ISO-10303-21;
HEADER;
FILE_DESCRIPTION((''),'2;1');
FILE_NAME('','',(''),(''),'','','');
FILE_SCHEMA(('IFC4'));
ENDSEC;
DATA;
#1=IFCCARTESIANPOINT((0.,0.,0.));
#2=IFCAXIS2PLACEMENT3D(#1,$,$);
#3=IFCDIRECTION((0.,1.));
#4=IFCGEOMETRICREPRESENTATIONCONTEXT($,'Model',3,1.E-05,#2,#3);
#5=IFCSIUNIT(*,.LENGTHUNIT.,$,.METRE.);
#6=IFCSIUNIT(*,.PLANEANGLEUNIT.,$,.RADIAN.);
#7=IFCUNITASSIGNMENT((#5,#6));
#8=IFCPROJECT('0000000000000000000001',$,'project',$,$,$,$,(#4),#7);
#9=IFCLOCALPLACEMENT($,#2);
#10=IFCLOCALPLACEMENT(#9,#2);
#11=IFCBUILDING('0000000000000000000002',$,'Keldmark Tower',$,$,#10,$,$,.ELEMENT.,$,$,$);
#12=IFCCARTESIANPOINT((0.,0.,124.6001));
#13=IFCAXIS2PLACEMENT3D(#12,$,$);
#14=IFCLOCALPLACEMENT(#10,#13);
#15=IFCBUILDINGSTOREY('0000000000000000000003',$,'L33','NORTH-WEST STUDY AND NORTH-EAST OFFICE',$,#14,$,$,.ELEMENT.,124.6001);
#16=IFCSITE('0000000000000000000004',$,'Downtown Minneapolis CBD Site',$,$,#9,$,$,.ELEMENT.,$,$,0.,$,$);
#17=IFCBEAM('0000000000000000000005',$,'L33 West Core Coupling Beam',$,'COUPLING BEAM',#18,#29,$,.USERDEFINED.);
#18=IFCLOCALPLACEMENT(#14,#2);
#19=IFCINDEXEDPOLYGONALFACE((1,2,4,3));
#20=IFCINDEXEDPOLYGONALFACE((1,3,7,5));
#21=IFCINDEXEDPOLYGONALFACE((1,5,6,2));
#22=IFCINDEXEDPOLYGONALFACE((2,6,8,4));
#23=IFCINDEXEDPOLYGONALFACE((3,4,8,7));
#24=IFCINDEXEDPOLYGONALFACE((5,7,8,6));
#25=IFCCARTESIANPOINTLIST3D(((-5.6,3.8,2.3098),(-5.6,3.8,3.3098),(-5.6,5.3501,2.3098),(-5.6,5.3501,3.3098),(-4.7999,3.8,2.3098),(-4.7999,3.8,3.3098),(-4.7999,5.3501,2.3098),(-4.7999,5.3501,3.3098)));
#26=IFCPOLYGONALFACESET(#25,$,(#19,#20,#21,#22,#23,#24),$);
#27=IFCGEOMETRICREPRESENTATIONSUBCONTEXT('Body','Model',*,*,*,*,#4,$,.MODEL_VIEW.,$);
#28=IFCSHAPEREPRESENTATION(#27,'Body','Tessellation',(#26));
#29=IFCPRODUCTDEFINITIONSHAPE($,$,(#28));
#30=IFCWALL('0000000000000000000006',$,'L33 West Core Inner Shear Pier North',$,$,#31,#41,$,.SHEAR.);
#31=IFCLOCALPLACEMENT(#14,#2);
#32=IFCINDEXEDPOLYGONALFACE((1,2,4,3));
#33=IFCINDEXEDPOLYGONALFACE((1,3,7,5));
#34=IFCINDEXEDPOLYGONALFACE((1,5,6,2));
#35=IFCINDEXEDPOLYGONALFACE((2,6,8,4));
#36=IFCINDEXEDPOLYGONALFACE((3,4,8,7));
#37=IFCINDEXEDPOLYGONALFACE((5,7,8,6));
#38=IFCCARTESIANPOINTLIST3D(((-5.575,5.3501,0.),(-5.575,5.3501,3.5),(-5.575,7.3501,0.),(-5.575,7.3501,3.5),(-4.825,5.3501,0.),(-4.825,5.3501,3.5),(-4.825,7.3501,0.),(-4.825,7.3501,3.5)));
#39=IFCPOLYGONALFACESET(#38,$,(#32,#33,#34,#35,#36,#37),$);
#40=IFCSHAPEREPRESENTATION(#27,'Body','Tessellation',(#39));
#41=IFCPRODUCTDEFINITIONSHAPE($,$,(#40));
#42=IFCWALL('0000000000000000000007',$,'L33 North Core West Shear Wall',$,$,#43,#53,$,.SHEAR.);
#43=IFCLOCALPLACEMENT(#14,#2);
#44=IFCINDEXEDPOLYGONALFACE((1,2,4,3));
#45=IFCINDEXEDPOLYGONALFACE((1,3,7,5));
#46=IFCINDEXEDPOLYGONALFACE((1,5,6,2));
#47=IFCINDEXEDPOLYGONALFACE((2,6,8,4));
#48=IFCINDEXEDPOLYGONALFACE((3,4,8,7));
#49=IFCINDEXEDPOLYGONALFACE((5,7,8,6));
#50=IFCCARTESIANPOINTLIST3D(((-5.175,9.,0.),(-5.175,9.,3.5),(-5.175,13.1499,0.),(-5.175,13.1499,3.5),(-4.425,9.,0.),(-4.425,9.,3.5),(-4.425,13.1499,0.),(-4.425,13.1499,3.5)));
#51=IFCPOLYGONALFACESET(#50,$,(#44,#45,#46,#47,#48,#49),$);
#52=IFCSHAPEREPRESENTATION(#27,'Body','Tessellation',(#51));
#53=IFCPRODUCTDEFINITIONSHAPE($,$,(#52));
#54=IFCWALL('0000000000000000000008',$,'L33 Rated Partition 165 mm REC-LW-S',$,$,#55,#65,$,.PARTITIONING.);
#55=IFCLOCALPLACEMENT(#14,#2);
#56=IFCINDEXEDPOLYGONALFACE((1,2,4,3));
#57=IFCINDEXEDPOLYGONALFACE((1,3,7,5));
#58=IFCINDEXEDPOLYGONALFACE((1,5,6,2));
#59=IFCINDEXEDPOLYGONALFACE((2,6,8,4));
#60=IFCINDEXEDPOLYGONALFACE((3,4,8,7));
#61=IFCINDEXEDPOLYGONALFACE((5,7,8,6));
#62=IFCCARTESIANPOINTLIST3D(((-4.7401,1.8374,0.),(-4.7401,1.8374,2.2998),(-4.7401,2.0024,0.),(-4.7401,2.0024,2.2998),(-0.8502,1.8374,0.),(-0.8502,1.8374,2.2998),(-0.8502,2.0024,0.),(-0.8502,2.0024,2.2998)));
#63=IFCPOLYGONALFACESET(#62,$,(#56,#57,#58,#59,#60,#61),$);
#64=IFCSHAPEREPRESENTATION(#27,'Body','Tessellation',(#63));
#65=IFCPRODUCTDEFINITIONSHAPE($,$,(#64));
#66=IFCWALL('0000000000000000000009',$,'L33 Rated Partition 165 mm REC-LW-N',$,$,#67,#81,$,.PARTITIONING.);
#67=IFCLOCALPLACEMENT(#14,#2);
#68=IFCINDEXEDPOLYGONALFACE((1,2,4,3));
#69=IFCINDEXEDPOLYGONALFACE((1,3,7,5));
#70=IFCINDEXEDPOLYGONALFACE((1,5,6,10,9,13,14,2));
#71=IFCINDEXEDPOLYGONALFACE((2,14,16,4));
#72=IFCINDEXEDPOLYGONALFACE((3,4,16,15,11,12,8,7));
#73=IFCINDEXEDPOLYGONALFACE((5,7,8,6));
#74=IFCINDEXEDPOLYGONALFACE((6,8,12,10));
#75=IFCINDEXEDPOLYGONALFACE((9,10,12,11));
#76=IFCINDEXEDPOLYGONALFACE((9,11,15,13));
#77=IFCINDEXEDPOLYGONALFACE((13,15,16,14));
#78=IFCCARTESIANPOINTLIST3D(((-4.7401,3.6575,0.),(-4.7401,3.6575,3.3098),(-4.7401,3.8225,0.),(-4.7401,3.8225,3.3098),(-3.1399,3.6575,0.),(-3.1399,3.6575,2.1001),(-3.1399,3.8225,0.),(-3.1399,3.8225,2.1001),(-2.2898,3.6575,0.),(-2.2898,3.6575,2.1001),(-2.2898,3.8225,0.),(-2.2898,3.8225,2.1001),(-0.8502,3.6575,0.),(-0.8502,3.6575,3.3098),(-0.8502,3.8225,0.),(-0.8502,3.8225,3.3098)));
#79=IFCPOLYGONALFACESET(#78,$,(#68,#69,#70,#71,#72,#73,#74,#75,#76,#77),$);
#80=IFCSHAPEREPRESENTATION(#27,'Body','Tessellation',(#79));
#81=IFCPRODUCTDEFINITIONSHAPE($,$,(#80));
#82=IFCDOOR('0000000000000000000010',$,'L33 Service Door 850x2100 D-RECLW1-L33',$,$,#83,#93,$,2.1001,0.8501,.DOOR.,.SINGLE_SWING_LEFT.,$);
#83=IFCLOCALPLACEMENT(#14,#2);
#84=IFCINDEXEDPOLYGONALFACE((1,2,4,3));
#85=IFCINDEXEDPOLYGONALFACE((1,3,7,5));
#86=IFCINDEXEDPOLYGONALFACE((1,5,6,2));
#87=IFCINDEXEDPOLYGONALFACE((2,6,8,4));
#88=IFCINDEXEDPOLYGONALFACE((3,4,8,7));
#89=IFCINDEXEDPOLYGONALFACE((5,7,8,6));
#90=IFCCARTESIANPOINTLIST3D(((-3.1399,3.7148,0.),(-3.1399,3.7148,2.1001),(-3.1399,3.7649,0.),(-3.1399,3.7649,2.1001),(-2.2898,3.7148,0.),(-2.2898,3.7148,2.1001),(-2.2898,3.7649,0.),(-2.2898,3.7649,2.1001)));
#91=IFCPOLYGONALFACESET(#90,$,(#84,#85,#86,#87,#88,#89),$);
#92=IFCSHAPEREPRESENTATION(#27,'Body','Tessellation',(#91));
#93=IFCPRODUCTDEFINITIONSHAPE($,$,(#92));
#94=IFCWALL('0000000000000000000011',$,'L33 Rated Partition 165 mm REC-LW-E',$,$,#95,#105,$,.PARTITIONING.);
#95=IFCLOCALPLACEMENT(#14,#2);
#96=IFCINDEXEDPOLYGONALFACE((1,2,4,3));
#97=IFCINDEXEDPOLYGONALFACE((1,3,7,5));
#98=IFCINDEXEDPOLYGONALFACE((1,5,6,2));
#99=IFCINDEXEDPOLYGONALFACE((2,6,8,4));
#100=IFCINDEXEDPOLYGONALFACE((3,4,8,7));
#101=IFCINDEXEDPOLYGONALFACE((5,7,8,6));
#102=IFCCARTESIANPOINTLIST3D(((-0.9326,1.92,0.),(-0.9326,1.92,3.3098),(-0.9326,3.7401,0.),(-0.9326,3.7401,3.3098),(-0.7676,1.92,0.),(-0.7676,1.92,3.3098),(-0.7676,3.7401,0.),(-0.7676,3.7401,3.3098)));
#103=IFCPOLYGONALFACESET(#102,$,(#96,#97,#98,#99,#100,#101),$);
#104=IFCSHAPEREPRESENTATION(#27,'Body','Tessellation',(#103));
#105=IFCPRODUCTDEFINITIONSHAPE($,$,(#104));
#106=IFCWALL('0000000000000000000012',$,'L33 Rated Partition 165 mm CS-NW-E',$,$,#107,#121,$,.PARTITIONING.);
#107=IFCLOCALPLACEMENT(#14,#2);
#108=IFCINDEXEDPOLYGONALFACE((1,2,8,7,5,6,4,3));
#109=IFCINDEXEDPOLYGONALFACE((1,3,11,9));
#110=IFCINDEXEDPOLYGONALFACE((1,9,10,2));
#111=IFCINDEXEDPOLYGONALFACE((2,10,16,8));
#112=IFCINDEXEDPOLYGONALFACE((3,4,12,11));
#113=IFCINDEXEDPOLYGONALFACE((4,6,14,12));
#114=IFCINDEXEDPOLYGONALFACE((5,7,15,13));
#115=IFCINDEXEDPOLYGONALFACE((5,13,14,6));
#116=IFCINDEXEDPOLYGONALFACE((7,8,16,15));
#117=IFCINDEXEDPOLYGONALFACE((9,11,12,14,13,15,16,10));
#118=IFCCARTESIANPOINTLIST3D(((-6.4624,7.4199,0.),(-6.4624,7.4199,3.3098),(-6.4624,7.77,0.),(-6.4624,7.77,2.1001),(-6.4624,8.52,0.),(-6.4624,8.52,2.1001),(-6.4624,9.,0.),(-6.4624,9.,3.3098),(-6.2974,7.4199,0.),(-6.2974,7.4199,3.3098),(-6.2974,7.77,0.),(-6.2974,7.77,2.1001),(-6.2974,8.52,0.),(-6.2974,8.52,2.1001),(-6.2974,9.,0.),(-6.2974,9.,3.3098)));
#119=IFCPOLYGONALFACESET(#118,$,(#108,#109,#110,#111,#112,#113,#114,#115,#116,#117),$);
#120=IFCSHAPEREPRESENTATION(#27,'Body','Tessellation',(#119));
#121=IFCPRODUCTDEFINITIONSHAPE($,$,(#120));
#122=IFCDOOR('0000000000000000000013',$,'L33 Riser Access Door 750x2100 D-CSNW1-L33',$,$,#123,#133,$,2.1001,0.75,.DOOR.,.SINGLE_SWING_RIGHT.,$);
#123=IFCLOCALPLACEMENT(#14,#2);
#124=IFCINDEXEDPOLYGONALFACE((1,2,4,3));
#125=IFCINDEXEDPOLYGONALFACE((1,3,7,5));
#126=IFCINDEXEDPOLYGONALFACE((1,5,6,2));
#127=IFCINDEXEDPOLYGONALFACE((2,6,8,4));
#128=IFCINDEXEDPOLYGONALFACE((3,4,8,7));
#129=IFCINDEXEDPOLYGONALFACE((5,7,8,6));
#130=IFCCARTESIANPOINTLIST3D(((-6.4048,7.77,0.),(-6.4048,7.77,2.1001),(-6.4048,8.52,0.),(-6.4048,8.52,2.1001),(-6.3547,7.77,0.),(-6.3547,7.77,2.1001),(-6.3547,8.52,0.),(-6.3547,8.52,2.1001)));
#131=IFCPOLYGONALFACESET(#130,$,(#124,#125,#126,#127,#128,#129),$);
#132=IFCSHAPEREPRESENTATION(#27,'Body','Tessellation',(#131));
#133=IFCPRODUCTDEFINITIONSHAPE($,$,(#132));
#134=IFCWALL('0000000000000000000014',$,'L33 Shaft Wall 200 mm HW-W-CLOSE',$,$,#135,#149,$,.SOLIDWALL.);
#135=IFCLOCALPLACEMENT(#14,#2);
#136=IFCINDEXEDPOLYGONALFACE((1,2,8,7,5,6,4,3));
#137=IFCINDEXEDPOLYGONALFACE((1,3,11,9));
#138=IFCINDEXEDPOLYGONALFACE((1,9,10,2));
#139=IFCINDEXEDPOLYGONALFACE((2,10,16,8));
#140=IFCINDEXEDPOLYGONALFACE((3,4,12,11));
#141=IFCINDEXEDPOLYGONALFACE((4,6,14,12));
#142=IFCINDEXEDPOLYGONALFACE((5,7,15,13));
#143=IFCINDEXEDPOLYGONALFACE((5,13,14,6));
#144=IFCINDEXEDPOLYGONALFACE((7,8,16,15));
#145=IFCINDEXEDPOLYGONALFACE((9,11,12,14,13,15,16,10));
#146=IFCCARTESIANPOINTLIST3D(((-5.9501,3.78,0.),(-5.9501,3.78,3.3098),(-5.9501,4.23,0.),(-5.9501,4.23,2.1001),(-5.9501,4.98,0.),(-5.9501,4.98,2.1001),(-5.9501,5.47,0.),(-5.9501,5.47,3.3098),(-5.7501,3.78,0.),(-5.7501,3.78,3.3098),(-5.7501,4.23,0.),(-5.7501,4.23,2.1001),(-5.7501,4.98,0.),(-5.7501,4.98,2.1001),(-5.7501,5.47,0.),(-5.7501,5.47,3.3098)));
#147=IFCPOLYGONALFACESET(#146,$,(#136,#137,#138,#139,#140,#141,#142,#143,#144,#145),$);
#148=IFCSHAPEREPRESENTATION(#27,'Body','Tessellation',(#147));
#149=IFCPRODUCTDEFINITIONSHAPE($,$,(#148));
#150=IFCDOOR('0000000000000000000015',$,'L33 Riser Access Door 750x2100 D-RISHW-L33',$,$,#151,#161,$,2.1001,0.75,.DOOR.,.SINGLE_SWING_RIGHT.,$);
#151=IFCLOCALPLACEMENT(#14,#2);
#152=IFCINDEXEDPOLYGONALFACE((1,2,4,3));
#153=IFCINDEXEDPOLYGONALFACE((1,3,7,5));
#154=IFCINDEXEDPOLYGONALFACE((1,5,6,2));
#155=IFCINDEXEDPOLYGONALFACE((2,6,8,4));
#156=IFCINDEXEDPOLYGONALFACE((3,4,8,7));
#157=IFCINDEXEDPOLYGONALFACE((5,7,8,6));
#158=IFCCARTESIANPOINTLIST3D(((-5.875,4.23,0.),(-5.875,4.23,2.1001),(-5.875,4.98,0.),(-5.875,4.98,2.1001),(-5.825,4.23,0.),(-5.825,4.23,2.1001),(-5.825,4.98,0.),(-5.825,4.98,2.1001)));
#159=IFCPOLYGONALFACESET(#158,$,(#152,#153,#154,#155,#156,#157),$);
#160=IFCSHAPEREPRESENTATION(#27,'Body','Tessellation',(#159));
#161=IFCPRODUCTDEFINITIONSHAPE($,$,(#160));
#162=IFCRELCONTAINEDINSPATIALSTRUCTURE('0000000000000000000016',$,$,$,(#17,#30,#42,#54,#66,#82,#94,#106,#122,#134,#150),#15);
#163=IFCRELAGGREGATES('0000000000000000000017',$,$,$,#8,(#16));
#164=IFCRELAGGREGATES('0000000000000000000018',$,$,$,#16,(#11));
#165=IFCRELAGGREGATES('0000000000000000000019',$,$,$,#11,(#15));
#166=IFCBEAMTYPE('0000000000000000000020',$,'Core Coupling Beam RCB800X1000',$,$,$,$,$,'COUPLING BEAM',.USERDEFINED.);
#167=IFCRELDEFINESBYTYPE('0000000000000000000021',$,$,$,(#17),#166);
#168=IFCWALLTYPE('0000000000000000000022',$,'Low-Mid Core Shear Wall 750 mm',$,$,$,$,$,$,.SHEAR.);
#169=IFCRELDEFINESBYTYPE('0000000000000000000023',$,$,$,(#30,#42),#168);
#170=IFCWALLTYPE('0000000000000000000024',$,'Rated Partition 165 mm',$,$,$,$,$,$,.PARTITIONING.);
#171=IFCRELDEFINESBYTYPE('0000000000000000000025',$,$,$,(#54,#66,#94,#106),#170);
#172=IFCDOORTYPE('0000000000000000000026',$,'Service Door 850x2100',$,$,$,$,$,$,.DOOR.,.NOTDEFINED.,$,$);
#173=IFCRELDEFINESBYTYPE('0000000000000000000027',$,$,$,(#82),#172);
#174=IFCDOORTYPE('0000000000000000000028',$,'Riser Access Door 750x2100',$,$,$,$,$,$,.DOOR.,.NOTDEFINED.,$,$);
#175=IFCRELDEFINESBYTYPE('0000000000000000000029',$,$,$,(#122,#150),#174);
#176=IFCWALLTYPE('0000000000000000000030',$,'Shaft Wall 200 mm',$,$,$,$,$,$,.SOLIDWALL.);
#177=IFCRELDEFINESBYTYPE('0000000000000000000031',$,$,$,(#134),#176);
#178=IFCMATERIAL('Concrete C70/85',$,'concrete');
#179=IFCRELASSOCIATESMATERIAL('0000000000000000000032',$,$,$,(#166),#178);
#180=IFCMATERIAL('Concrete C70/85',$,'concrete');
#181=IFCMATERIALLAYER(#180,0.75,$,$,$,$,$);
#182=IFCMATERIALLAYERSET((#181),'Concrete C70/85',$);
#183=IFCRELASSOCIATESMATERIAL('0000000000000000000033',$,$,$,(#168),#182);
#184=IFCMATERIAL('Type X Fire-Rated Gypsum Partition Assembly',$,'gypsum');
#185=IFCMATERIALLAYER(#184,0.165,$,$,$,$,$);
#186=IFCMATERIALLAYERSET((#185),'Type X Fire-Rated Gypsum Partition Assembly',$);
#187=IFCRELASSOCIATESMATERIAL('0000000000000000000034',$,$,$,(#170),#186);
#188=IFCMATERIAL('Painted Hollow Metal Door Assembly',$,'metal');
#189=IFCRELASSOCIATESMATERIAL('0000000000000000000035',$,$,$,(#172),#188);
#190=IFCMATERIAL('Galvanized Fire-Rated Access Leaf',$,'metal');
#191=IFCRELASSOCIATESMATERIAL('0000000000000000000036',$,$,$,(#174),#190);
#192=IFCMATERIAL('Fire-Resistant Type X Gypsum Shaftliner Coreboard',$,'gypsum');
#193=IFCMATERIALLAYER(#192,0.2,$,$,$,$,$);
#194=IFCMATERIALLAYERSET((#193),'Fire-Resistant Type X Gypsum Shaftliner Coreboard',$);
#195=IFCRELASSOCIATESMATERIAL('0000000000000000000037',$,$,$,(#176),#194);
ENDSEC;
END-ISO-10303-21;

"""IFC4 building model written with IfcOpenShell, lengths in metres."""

from ifc_helpers import new_model, si_unit, direction, frame, frame_2d, origin, origin_2d, place, context, subcontext, project, spatial, rectangle, extrude, material, layer, layer_set, material_profile, profile_set, type_object, element, fill, save


model = new_model("IFC4")

# Units and contexts
model_context = context("Model", 3, precision=1e-05, world=origin(), true_north=direction((0.0, 1.0)))
body_context = subcontext(model_context, "Body", "Model", "MODEL_VIEW")
ifc_project = project(units=[si_unit("LENGTHUNIT", "METRE"), si_unit("PLANEANGLEUNIT", "RADIAN")], contexts=[model_context])

# Site, building, storey
site_placement = place(None, origin())
site = spatial("IfcSite", under=ifc_project, at=site_placement, Name="Downtown Minneapolis CBD Site", CompositionType="ELEMENT", RefElevation=0.0)
building_placement = place(site_placement, origin())
building = spatial("IfcBuilding", under=site, at=building_placement, Name="Keldmark Tower", CompositionType="ELEMENT")
storey_placement = place(building_placement, frame((0.0, 0.0, 124.6001)))
storey = spatial("IfcBuildingStorey", under=building, at=storey_placement, Name="L33", Description="NORTH-WEST STUDY AND NORTH-EAST OFFICE", CompositionType="ELEMENT", Elevation=124.6001)

# Beam
ifc_material_1 = material(Name="Concrete C70/85", Category="concrete")
ifc_material_profile = material_profile(ifc_material_1, rectangle(XDim=0.8, YDim=1.0, at=origin_2d()), Name="RCB800X1000")
ifc_profile_set = profile_set([ifc_material_profile], Name="Concrete C70/85")
beam_type = type_object("IfcBeamType", Name="Core Coupling Beam RCB800X1000", ElementType="COUPLING BEAM", PredefinedType="USERDEFINED", material=ifc_profile_set)
beam_placement = place(storey_placement, frame((-5.2, 3.8, 2.8098), z_axis=(0.0, 1.0, 0.0), x_axis=(-1.0, 0.0, 0.0)))
element("IfcBeam", 1, at=beam_placement, inside=storey, type_object=beam_type, Name="L33 West Core Coupling Beam", ObjectType="COUPLING BEAM", PredefinedType="USERDEFINED", context=body_context, shape_type="SweptSolid", body=[
    extrude(rectangle(XDim=0.8, YDim=1.0, at=origin_2d()), origin(), (0.0, 0.0, 1.0), 1.55),
])

# Walls
ifc_material_2 = material(Name="Concrete C70/85", Category="concrete")
ifc_layer_1 = layer(ifc_material_2, 0.75)
ifc_layer_set_1 = layer_set([ifc_layer_1], Name="Concrete C70/85")
wall_type_1 = type_object("IfcWallType", Name="Low-Mid Core Shear Wall 750 mm", PredefinedType="SHEAR", material=ifc_layer_set_1)
wall_1_placement = place(storey_placement, frame((-5.2, 5.3501, 0.0), z_axis=(0.0, 0.0, 1.0), x_axis=(0.0, 1.0, 0.0)))
element("IfcWall", 2, at=wall_1_placement, inside=storey, type_object=wall_type_1, Name="L33 West Core Inner Shear Pier North", PredefinedType="SHEAR", context=body_context, shape_type="SweptSolid", body=[
    extrude(rectangle(XDim=2.0, YDim=0.75, at=frame_2d((1.0, 0.0))), origin(), (0.0, 0.0, 1.0), 3.5),
])
wall_2_placement = place(storey_placement, frame((-4.8, 9.0, 0.0), z_axis=(0.0, 0.0, 1.0), x_axis=(0.0, 1.0, 0.0)))
element("IfcWall", 3, at=wall_2_placement, inside=storey, type_object=wall_type_1, Name="L33 North Core West Shear Wall", PredefinedType="SHEAR", context=body_context, shape_type="SweptSolid", body=[
    extrude(rectangle(XDim=4.1499, YDim=0.75, at=frame_2d((2.075, 0.0))), origin(), (0.0, 0.0, 1.0), 3.5),
])
ifc_material_3 = material(Name="Type X Fire-Rated Gypsum Partition Assembly", Category="gypsum")
ifc_layer_2 = layer(ifc_material_3, 0.165)
ifc_layer_set_2 = layer_set([ifc_layer_2], Name="Type X Fire-Rated Gypsum Partition Assembly")
wall_type_2 = type_object("IfcWallType", Name="Rated Partition 165 mm", PredefinedType="PARTITIONING", material=ifc_layer_set_2)
wall_3_placement = place(storey_placement, frame((-4.74, 1.9199, 0.0), z_axis=(0.0, 0.0, 1.0), x_axis=(1.0, 0.0, 0.0)))
element("IfcWall", 4, at=wall_3_placement, inside=storey, type_object=wall_type_2, Name="L33 Rated Partition 165 mm REC-LW-S", PredefinedType="PARTITIONING", context=body_context, shape_type="SweptSolid", body=[
    extrude(rectangle(XDim=3.8899, YDim=0.165, at=frame_2d((1.9448, 0.0))), origin(), (0.0, 0.0, 1.0), 2.2998),
])

# Wall, opening, door
wall_4_placement = place(storey_placement, frame((-4.74, 3.74, 0.0), z_axis=(0.0, 0.0, 1.0), x_axis=(1.0, 0.0, 0.0)))
wall_4 = element("IfcWall", 5, at=wall_4_placement, inside=storey, type_object=wall_type_2, Name="L33 Rated Partition 165 mm REC-LW-N", PredefinedType="PARTITIONING", context=body_context, shape_type="SweptSolid", body=[
    extrude(rectangle(XDim=3.8899, YDim=0.165, at=frame_2d((1.9448, 0.0))), origin(), (0.0, 0.0, 1.0), 3.3098),
])
opening_1_placement = place(wall_4_placement, frame((1.6001, 0.0, 0.0)))
opening_1 = element("IfcOpeningElement", 6, at=opening_1_placement, cuts=wall_4, PredefinedType="OPENING", context=body_context, shape_type="SweptSolid", body=[
    extrude(rectangle(XDim=0.8501, YDim=2.1001, at=frame_2d((0.425, 1.05))), frame((0.0, 0.0925, 0.0), z_axis=(0.0, -1.0, 0.0), x_axis=(1.0, 0.0, 0.0)), (0.0, 0.0, 1.0), 0.1851),
])
ifc_material_4 = material(Name="Painted Hollow Metal Door Assembly", Category="metal")
door_type_1 = type_object("IfcDoorType", Name="Service Door 850x2100", OperationType="NOTDEFINED", PredefinedType="DOOR", material=ifc_material_4)
door_1_placement = place(opening_1_placement, origin())
door_1 = element("IfcDoor", 7, at=door_1_placement, inside=storey, type_object=door_type_1, Name="L33 Service Door 850x2100 D-RECLW1-L33", OperationType="SINGLE_SWING_LEFT", OverallHeight=2.1001, OverallWidth=0.8501, PredefinedType="DOOR", context=body_context, shape_type="SweptSolid", body=[
    extrude(rectangle(XDim=0.8501, YDim=2.1001, at=frame_2d((0.425, 1.05))), frame((0.0, 0.0249, 0.0), z_axis=(0.0, -1.0, 0.0), x_axis=(1.0, 0.0, 0.0)), (0.0, 0.0, 1.0), 0.05),
])
fill(opening_1, door_1)

# Wall
wall_5_placement = place(storey_placement, frame((-0.8501, 1.9199, 0.0), z_axis=(0.0, 0.0, 1.0), x_axis=(0.0, 1.0, 0.0)))
element("IfcWall", 8, at=wall_5_placement, inside=storey, type_object=wall_type_2, Name="L33 Rated Partition 165 mm REC-LW-E", PredefinedType="PARTITIONING", context=body_context, shape_type="SweptSolid", body=[
    extrude(rectangle(XDim=1.8201, YDim=0.165, at=frame_2d((0.9102, 0.0))), origin(), (0.0, 0.0, 1.0), 3.3098),
])

# Walls, openings, doors
wall_6_placement = place(storey_placement, frame((-6.3799, 7.4199, 0.0), z_axis=(0.0, 0.0, 1.0), x_axis=(0.0, 1.0, 0.0)))
wall_6 = element("IfcWall", 9, at=wall_6_placement, inside=storey, type_object=wall_type_2, Name="L33 Rated Partition 165 mm CS-NW-E", PredefinedType="PARTITIONING", context=body_context, shape_type="SweptSolid", body=[
    extrude(rectangle(XDim=1.5801, YDim=0.165, at=frame_2d((0.79, 0.0))), origin(), (0.0, 0.0, 1.0), 3.3098),
])
opening_2_placement = place(wall_6_placement, frame((0.3501, 0.0, 0.0)))
opening_2 = element("IfcOpeningElement", 10, at=opening_2_placement, cuts=wall_6, PredefinedType="OPENING", context=body_context, shape_type="SweptSolid", body=[
    extrude(rectangle(XDim=0.75, YDim=2.1001, at=frame_2d((0.375, 1.05))), frame((0.0, 0.0925, 0.0), z_axis=(0.0, -1.0, 0.0), x_axis=(1.0, 0.0, 0.0)), (0.0, 0.0, 1.0), 0.1851),
])
ifc_material_5 = material(Name="Galvanized Fire-Rated Access Leaf", Category="metal")
door_type_2 = type_object("IfcDoorType", Name="Riser Access Door 750x2100", OperationType="NOTDEFINED", PredefinedType="DOOR", material=ifc_material_5)
door_2_placement = place(opening_2_placement, origin())
door_2 = element("IfcDoor", 11, at=door_2_placement, inside=storey, type_object=door_type_2, Name="L33 Riser Access Door 750x2100 D-CSNW1-L33", OperationType="SINGLE_SWING_RIGHT", OverallHeight=2.1001, OverallWidth=0.75, PredefinedType="DOOR", context=body_context, shape_type="SweptSolid", body=[
    extrude(rectangle(XDim=0.75, YDim=2.1001, at=frame_2d((0.375, 1.05))), frame((0.0, 0.0249, 0.0), z_axis=(0.0, -1.0, 0.0), x_axis=(1.0, 0.0, 0.0)), (0.0, 0.0, 1.0), 0.05),
])
fill(opening_2, door_2)
ifc_material_6 = material(Name="Fire-Resistant Type X Gypsum Shaftliner Coreboard", Category="gypsum")
ifc_layer_3 = layer(ifc_material_6, 0.2)
ifc_layer_set_3 = layer_set([ifc_layer_3], Name="Fire-Resistant Type X Gypsum Shaftliner Coreboard")
wall_type_3 = type_object("IfcWallType", Name="Shaft Wall 200 mm", PredefinedType="SOLIDWALL", material=ifc_layer_set_3)
wall_7_placement = place(storey_placement, frame((-5.8501, 3.78, 0.0), z_axis=(0.0, 0.0, 1.0), x_axis=(0.0, 1.0, 0.0)))
wall_7 = element("IfcWall", 12, at=wall_7_placement, inside=storey, type_object=wall_type_3, Name="L33 Shaft Wall 200 mm HW-W-CLOSE", PredefinedType="SOLIDWALL", context=body_context, shape_type="SweptSolid", body=[
    extrude(rectangle(XDim=1.6899, YDim=0.2, at=frame_2d((0.845, 0.0))), origin(), (0.0, 0.0, 1.0), 3.3098),
])
opening_3_placement = place(wall_7_placement, frame((0.45, 0.0, 0.0)))
opening_3 = element("IfcOpeningElement", 13, at=opening_3_placement, cuts=wall_7, PredefinedType="OPENING", context=body_context, shape_type="SweptSolid", body=[
    extrude(rectangle(XDim=0.75, YDim=2.1001, at=frame_2d((0.375, 1.05))), frame((0.0, 0.1099, 0.0), z_axis=(0.0, -1.0, 0.0), x_axis=(1.0, 0.0, 0.0)), (0.0, 0.0, 1.0), 0.22),
])
door_3_placement = place(opening_3_placement, origin())
door_3 = element("IfcDoor", 14, at=door_3_placement, inside=storey, type_object=door_type_2, Name="L33 Riser Access Door 750x2100 D-RISHW-L33", OperationType="SINGLE_SWING_RIGHT", OverallHeight=2.1001, OverallWidth=0.75, PredefinedType="DOOR", context=body_context, shape_type="SweptSolid", body=[
    extrude(rectangle(XDim=0.75, YDim=2.1001, at=frame_2d((0.375, 1.05))), frame((0.0, 0.0249, 0.0), z_axis=(0.0, -1.0, 0.0), x_axis=(1.0, 0.0, 0.0)), (0.0, 0.0, 1.0), 0.05),
])
fill(opening_3, door_3)

save(model, "model.ifc")
